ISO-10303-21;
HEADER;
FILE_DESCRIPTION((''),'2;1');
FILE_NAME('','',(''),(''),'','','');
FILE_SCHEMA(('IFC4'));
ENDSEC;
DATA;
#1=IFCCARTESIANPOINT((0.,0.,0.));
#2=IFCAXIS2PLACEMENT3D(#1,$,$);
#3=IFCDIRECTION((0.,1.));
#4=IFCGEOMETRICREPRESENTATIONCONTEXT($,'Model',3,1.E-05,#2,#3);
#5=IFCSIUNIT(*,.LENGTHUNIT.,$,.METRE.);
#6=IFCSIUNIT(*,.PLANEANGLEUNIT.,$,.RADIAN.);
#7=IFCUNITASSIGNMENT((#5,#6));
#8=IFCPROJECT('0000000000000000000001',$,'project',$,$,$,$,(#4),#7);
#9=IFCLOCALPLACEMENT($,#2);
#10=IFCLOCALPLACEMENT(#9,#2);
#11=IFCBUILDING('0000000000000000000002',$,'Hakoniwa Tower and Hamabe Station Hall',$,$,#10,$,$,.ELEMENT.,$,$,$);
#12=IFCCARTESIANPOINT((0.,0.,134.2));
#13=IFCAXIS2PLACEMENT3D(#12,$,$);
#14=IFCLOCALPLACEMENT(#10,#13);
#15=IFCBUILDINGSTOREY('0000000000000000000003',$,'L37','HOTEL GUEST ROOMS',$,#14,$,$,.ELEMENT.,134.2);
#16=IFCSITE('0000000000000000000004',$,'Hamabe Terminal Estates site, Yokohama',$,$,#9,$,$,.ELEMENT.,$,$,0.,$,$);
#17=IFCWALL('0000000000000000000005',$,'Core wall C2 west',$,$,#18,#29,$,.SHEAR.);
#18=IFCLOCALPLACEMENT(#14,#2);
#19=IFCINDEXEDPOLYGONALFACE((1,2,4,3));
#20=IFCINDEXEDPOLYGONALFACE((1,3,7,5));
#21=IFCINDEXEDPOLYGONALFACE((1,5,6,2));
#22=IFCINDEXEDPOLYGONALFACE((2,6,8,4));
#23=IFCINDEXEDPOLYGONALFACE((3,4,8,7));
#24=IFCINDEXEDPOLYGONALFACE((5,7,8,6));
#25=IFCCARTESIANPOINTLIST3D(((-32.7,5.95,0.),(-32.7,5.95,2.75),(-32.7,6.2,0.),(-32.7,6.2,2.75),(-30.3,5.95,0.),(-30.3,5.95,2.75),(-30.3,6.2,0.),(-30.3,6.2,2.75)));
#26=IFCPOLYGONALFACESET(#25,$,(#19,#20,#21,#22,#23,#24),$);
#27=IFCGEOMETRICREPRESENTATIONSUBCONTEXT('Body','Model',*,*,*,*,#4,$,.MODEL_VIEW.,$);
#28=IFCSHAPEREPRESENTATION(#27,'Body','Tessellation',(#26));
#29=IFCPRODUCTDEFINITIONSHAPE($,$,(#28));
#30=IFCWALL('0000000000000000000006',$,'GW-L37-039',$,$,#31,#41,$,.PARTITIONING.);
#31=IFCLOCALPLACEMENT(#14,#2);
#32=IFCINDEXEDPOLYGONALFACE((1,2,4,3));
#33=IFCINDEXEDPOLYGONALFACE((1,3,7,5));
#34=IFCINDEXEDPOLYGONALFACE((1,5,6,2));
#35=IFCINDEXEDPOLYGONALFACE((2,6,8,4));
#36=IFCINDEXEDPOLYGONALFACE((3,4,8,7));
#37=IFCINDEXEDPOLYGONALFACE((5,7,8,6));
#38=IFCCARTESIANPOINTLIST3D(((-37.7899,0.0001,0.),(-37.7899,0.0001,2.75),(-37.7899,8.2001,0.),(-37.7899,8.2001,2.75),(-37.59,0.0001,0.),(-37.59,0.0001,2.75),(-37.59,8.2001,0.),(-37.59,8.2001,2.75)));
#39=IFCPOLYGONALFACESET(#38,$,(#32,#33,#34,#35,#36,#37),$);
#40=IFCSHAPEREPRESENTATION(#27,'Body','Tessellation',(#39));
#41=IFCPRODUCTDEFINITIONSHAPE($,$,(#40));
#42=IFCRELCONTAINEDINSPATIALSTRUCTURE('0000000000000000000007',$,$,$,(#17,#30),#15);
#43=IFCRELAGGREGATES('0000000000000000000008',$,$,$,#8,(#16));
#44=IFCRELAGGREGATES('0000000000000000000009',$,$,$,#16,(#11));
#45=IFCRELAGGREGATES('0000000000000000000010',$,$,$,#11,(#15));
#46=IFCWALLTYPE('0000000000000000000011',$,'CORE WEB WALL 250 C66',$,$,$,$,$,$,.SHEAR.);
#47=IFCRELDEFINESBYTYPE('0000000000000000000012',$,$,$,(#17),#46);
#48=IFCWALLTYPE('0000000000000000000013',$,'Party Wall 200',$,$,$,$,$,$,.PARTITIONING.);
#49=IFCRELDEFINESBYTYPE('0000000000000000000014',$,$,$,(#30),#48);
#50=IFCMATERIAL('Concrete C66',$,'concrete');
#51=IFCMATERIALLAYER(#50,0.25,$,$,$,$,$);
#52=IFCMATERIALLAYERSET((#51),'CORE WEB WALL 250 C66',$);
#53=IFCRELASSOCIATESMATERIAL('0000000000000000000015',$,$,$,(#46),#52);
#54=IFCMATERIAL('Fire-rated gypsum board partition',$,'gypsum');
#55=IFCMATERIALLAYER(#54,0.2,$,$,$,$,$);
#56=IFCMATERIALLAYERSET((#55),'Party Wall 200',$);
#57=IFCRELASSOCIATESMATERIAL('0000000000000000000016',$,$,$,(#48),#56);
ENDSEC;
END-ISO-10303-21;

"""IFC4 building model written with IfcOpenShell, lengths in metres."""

from ifc_helpers import new_model, si_unit, direction, frame, frame_2d, origin, place, context, subcontext, project, spatial, rectangle, extrude, material, layer, layer_set, type_object, element, save


model = new_model("IFC4")

# Units and contexts
model_context = context("Model", 3, precision=1e-05, world=origin(), true_north=direction((0.0, 1.0)))
body_context = subcontext(model_context, "Body", "Model", "MODEL_VIEW")
ifc_project = project(units=[si_unit("LENGTHUNIT", "METRE"), si_unit("PLANEANGLEUNIT", "RADIAN")], contexts=[model_context])

# Site, building, storey
site_placement = place(None, origin())
site = spatial("IfcSite", under=ifc_project, at=site_placement, Name="Hamabe Terminal Estates site, Yokohama", CompositionType="ELEMENT", RefElevation=0.0)
building_placement = place(site_placement, origin())
building = spatial("IfcBuilding", under=site, at=building_placement, Name="Hakoniwa Tower and Hamabe Station Hall", CompositionType="ELEMENT")
storey_placement = place(building_placement, frame((0.0, 0.0, 134.2)))
storey = spatial("IfcBuildingStorey", under=building, at=storey_placement, Name="L37", Description="HOTEL GUEST ROOMS", CompositionType="ELEMENT", Elevation=134.2)

# Shared definitions
ifc_material_1 = material(Name="Concrete C66", Category="concrete")
ifc_layer_1 = layer(ifc_material_1, 0.25)
ifc_layer_set_1 = layer_set([ifc_layer_1], Name="CORE WEB WALL 250 C66")
wall_type_1 = type_object("IfcWallType", Name="CORE WEB WALL 250 C66", PredefinedType="SHEAR", material=ifc_layer_set_1)

# Walls
wall_1_placement = place(storey_placement, frame((-32.7, 6.075, 0.0), z_axis=(0.0, 0.0, 1.0), x_axis=(1.0, 0.0, 0.0)))
element("IfcWall", 1, at=wall_1_placement, inside=storey, type_object=wall_type_1, Name="Core wall C2 west", PredefinedType="SHEAR", context=body_context, shape_type="SweptSolid", body=[
    extrude(rectangle(XDim=2.3999, YDim=0.25, at=frame_2d((1.2, 0.0))), origin(), (0.0, 0.0, 1.0), 2.75),
])
ifc_material_2 = material(Name="Fire-rated gypsum board partition", Category="gypsum")
ifc_layer_2 = layer(ifc_material_2, 0.2)
ifc_layer_set_2 = layer_set([ifc_layer_2], Name="Party Wall 200")
wall_type_2 = type_object("IfcWallType", Name="Party Wall 200", PredefinedType="PARTITIONING", material=ifc_layer_set_2)
wall_2_placement = place(storey_placement, frame((-37.6899, 0.0, 0.0), z_axis=(0.0, 0.0, 1.0), x_axis=(0.0, 1.0, 0.0)))
element("IfcWall", 2, at=wall_2_placement, inside=storey, type_object=wall_type_2, Name="GW-L37-039", PredefinedType="PARTITIONING", context=body_context, shape_type="SweptSolid", body=[
    extrude(rectangle(XDim=8.2, YDim=0.2, at=frame_2d((4.1001, 0.0))), origin(), (0.0, 0.0, 1.0), 2.75),
])

save(model, "model.ifc")
